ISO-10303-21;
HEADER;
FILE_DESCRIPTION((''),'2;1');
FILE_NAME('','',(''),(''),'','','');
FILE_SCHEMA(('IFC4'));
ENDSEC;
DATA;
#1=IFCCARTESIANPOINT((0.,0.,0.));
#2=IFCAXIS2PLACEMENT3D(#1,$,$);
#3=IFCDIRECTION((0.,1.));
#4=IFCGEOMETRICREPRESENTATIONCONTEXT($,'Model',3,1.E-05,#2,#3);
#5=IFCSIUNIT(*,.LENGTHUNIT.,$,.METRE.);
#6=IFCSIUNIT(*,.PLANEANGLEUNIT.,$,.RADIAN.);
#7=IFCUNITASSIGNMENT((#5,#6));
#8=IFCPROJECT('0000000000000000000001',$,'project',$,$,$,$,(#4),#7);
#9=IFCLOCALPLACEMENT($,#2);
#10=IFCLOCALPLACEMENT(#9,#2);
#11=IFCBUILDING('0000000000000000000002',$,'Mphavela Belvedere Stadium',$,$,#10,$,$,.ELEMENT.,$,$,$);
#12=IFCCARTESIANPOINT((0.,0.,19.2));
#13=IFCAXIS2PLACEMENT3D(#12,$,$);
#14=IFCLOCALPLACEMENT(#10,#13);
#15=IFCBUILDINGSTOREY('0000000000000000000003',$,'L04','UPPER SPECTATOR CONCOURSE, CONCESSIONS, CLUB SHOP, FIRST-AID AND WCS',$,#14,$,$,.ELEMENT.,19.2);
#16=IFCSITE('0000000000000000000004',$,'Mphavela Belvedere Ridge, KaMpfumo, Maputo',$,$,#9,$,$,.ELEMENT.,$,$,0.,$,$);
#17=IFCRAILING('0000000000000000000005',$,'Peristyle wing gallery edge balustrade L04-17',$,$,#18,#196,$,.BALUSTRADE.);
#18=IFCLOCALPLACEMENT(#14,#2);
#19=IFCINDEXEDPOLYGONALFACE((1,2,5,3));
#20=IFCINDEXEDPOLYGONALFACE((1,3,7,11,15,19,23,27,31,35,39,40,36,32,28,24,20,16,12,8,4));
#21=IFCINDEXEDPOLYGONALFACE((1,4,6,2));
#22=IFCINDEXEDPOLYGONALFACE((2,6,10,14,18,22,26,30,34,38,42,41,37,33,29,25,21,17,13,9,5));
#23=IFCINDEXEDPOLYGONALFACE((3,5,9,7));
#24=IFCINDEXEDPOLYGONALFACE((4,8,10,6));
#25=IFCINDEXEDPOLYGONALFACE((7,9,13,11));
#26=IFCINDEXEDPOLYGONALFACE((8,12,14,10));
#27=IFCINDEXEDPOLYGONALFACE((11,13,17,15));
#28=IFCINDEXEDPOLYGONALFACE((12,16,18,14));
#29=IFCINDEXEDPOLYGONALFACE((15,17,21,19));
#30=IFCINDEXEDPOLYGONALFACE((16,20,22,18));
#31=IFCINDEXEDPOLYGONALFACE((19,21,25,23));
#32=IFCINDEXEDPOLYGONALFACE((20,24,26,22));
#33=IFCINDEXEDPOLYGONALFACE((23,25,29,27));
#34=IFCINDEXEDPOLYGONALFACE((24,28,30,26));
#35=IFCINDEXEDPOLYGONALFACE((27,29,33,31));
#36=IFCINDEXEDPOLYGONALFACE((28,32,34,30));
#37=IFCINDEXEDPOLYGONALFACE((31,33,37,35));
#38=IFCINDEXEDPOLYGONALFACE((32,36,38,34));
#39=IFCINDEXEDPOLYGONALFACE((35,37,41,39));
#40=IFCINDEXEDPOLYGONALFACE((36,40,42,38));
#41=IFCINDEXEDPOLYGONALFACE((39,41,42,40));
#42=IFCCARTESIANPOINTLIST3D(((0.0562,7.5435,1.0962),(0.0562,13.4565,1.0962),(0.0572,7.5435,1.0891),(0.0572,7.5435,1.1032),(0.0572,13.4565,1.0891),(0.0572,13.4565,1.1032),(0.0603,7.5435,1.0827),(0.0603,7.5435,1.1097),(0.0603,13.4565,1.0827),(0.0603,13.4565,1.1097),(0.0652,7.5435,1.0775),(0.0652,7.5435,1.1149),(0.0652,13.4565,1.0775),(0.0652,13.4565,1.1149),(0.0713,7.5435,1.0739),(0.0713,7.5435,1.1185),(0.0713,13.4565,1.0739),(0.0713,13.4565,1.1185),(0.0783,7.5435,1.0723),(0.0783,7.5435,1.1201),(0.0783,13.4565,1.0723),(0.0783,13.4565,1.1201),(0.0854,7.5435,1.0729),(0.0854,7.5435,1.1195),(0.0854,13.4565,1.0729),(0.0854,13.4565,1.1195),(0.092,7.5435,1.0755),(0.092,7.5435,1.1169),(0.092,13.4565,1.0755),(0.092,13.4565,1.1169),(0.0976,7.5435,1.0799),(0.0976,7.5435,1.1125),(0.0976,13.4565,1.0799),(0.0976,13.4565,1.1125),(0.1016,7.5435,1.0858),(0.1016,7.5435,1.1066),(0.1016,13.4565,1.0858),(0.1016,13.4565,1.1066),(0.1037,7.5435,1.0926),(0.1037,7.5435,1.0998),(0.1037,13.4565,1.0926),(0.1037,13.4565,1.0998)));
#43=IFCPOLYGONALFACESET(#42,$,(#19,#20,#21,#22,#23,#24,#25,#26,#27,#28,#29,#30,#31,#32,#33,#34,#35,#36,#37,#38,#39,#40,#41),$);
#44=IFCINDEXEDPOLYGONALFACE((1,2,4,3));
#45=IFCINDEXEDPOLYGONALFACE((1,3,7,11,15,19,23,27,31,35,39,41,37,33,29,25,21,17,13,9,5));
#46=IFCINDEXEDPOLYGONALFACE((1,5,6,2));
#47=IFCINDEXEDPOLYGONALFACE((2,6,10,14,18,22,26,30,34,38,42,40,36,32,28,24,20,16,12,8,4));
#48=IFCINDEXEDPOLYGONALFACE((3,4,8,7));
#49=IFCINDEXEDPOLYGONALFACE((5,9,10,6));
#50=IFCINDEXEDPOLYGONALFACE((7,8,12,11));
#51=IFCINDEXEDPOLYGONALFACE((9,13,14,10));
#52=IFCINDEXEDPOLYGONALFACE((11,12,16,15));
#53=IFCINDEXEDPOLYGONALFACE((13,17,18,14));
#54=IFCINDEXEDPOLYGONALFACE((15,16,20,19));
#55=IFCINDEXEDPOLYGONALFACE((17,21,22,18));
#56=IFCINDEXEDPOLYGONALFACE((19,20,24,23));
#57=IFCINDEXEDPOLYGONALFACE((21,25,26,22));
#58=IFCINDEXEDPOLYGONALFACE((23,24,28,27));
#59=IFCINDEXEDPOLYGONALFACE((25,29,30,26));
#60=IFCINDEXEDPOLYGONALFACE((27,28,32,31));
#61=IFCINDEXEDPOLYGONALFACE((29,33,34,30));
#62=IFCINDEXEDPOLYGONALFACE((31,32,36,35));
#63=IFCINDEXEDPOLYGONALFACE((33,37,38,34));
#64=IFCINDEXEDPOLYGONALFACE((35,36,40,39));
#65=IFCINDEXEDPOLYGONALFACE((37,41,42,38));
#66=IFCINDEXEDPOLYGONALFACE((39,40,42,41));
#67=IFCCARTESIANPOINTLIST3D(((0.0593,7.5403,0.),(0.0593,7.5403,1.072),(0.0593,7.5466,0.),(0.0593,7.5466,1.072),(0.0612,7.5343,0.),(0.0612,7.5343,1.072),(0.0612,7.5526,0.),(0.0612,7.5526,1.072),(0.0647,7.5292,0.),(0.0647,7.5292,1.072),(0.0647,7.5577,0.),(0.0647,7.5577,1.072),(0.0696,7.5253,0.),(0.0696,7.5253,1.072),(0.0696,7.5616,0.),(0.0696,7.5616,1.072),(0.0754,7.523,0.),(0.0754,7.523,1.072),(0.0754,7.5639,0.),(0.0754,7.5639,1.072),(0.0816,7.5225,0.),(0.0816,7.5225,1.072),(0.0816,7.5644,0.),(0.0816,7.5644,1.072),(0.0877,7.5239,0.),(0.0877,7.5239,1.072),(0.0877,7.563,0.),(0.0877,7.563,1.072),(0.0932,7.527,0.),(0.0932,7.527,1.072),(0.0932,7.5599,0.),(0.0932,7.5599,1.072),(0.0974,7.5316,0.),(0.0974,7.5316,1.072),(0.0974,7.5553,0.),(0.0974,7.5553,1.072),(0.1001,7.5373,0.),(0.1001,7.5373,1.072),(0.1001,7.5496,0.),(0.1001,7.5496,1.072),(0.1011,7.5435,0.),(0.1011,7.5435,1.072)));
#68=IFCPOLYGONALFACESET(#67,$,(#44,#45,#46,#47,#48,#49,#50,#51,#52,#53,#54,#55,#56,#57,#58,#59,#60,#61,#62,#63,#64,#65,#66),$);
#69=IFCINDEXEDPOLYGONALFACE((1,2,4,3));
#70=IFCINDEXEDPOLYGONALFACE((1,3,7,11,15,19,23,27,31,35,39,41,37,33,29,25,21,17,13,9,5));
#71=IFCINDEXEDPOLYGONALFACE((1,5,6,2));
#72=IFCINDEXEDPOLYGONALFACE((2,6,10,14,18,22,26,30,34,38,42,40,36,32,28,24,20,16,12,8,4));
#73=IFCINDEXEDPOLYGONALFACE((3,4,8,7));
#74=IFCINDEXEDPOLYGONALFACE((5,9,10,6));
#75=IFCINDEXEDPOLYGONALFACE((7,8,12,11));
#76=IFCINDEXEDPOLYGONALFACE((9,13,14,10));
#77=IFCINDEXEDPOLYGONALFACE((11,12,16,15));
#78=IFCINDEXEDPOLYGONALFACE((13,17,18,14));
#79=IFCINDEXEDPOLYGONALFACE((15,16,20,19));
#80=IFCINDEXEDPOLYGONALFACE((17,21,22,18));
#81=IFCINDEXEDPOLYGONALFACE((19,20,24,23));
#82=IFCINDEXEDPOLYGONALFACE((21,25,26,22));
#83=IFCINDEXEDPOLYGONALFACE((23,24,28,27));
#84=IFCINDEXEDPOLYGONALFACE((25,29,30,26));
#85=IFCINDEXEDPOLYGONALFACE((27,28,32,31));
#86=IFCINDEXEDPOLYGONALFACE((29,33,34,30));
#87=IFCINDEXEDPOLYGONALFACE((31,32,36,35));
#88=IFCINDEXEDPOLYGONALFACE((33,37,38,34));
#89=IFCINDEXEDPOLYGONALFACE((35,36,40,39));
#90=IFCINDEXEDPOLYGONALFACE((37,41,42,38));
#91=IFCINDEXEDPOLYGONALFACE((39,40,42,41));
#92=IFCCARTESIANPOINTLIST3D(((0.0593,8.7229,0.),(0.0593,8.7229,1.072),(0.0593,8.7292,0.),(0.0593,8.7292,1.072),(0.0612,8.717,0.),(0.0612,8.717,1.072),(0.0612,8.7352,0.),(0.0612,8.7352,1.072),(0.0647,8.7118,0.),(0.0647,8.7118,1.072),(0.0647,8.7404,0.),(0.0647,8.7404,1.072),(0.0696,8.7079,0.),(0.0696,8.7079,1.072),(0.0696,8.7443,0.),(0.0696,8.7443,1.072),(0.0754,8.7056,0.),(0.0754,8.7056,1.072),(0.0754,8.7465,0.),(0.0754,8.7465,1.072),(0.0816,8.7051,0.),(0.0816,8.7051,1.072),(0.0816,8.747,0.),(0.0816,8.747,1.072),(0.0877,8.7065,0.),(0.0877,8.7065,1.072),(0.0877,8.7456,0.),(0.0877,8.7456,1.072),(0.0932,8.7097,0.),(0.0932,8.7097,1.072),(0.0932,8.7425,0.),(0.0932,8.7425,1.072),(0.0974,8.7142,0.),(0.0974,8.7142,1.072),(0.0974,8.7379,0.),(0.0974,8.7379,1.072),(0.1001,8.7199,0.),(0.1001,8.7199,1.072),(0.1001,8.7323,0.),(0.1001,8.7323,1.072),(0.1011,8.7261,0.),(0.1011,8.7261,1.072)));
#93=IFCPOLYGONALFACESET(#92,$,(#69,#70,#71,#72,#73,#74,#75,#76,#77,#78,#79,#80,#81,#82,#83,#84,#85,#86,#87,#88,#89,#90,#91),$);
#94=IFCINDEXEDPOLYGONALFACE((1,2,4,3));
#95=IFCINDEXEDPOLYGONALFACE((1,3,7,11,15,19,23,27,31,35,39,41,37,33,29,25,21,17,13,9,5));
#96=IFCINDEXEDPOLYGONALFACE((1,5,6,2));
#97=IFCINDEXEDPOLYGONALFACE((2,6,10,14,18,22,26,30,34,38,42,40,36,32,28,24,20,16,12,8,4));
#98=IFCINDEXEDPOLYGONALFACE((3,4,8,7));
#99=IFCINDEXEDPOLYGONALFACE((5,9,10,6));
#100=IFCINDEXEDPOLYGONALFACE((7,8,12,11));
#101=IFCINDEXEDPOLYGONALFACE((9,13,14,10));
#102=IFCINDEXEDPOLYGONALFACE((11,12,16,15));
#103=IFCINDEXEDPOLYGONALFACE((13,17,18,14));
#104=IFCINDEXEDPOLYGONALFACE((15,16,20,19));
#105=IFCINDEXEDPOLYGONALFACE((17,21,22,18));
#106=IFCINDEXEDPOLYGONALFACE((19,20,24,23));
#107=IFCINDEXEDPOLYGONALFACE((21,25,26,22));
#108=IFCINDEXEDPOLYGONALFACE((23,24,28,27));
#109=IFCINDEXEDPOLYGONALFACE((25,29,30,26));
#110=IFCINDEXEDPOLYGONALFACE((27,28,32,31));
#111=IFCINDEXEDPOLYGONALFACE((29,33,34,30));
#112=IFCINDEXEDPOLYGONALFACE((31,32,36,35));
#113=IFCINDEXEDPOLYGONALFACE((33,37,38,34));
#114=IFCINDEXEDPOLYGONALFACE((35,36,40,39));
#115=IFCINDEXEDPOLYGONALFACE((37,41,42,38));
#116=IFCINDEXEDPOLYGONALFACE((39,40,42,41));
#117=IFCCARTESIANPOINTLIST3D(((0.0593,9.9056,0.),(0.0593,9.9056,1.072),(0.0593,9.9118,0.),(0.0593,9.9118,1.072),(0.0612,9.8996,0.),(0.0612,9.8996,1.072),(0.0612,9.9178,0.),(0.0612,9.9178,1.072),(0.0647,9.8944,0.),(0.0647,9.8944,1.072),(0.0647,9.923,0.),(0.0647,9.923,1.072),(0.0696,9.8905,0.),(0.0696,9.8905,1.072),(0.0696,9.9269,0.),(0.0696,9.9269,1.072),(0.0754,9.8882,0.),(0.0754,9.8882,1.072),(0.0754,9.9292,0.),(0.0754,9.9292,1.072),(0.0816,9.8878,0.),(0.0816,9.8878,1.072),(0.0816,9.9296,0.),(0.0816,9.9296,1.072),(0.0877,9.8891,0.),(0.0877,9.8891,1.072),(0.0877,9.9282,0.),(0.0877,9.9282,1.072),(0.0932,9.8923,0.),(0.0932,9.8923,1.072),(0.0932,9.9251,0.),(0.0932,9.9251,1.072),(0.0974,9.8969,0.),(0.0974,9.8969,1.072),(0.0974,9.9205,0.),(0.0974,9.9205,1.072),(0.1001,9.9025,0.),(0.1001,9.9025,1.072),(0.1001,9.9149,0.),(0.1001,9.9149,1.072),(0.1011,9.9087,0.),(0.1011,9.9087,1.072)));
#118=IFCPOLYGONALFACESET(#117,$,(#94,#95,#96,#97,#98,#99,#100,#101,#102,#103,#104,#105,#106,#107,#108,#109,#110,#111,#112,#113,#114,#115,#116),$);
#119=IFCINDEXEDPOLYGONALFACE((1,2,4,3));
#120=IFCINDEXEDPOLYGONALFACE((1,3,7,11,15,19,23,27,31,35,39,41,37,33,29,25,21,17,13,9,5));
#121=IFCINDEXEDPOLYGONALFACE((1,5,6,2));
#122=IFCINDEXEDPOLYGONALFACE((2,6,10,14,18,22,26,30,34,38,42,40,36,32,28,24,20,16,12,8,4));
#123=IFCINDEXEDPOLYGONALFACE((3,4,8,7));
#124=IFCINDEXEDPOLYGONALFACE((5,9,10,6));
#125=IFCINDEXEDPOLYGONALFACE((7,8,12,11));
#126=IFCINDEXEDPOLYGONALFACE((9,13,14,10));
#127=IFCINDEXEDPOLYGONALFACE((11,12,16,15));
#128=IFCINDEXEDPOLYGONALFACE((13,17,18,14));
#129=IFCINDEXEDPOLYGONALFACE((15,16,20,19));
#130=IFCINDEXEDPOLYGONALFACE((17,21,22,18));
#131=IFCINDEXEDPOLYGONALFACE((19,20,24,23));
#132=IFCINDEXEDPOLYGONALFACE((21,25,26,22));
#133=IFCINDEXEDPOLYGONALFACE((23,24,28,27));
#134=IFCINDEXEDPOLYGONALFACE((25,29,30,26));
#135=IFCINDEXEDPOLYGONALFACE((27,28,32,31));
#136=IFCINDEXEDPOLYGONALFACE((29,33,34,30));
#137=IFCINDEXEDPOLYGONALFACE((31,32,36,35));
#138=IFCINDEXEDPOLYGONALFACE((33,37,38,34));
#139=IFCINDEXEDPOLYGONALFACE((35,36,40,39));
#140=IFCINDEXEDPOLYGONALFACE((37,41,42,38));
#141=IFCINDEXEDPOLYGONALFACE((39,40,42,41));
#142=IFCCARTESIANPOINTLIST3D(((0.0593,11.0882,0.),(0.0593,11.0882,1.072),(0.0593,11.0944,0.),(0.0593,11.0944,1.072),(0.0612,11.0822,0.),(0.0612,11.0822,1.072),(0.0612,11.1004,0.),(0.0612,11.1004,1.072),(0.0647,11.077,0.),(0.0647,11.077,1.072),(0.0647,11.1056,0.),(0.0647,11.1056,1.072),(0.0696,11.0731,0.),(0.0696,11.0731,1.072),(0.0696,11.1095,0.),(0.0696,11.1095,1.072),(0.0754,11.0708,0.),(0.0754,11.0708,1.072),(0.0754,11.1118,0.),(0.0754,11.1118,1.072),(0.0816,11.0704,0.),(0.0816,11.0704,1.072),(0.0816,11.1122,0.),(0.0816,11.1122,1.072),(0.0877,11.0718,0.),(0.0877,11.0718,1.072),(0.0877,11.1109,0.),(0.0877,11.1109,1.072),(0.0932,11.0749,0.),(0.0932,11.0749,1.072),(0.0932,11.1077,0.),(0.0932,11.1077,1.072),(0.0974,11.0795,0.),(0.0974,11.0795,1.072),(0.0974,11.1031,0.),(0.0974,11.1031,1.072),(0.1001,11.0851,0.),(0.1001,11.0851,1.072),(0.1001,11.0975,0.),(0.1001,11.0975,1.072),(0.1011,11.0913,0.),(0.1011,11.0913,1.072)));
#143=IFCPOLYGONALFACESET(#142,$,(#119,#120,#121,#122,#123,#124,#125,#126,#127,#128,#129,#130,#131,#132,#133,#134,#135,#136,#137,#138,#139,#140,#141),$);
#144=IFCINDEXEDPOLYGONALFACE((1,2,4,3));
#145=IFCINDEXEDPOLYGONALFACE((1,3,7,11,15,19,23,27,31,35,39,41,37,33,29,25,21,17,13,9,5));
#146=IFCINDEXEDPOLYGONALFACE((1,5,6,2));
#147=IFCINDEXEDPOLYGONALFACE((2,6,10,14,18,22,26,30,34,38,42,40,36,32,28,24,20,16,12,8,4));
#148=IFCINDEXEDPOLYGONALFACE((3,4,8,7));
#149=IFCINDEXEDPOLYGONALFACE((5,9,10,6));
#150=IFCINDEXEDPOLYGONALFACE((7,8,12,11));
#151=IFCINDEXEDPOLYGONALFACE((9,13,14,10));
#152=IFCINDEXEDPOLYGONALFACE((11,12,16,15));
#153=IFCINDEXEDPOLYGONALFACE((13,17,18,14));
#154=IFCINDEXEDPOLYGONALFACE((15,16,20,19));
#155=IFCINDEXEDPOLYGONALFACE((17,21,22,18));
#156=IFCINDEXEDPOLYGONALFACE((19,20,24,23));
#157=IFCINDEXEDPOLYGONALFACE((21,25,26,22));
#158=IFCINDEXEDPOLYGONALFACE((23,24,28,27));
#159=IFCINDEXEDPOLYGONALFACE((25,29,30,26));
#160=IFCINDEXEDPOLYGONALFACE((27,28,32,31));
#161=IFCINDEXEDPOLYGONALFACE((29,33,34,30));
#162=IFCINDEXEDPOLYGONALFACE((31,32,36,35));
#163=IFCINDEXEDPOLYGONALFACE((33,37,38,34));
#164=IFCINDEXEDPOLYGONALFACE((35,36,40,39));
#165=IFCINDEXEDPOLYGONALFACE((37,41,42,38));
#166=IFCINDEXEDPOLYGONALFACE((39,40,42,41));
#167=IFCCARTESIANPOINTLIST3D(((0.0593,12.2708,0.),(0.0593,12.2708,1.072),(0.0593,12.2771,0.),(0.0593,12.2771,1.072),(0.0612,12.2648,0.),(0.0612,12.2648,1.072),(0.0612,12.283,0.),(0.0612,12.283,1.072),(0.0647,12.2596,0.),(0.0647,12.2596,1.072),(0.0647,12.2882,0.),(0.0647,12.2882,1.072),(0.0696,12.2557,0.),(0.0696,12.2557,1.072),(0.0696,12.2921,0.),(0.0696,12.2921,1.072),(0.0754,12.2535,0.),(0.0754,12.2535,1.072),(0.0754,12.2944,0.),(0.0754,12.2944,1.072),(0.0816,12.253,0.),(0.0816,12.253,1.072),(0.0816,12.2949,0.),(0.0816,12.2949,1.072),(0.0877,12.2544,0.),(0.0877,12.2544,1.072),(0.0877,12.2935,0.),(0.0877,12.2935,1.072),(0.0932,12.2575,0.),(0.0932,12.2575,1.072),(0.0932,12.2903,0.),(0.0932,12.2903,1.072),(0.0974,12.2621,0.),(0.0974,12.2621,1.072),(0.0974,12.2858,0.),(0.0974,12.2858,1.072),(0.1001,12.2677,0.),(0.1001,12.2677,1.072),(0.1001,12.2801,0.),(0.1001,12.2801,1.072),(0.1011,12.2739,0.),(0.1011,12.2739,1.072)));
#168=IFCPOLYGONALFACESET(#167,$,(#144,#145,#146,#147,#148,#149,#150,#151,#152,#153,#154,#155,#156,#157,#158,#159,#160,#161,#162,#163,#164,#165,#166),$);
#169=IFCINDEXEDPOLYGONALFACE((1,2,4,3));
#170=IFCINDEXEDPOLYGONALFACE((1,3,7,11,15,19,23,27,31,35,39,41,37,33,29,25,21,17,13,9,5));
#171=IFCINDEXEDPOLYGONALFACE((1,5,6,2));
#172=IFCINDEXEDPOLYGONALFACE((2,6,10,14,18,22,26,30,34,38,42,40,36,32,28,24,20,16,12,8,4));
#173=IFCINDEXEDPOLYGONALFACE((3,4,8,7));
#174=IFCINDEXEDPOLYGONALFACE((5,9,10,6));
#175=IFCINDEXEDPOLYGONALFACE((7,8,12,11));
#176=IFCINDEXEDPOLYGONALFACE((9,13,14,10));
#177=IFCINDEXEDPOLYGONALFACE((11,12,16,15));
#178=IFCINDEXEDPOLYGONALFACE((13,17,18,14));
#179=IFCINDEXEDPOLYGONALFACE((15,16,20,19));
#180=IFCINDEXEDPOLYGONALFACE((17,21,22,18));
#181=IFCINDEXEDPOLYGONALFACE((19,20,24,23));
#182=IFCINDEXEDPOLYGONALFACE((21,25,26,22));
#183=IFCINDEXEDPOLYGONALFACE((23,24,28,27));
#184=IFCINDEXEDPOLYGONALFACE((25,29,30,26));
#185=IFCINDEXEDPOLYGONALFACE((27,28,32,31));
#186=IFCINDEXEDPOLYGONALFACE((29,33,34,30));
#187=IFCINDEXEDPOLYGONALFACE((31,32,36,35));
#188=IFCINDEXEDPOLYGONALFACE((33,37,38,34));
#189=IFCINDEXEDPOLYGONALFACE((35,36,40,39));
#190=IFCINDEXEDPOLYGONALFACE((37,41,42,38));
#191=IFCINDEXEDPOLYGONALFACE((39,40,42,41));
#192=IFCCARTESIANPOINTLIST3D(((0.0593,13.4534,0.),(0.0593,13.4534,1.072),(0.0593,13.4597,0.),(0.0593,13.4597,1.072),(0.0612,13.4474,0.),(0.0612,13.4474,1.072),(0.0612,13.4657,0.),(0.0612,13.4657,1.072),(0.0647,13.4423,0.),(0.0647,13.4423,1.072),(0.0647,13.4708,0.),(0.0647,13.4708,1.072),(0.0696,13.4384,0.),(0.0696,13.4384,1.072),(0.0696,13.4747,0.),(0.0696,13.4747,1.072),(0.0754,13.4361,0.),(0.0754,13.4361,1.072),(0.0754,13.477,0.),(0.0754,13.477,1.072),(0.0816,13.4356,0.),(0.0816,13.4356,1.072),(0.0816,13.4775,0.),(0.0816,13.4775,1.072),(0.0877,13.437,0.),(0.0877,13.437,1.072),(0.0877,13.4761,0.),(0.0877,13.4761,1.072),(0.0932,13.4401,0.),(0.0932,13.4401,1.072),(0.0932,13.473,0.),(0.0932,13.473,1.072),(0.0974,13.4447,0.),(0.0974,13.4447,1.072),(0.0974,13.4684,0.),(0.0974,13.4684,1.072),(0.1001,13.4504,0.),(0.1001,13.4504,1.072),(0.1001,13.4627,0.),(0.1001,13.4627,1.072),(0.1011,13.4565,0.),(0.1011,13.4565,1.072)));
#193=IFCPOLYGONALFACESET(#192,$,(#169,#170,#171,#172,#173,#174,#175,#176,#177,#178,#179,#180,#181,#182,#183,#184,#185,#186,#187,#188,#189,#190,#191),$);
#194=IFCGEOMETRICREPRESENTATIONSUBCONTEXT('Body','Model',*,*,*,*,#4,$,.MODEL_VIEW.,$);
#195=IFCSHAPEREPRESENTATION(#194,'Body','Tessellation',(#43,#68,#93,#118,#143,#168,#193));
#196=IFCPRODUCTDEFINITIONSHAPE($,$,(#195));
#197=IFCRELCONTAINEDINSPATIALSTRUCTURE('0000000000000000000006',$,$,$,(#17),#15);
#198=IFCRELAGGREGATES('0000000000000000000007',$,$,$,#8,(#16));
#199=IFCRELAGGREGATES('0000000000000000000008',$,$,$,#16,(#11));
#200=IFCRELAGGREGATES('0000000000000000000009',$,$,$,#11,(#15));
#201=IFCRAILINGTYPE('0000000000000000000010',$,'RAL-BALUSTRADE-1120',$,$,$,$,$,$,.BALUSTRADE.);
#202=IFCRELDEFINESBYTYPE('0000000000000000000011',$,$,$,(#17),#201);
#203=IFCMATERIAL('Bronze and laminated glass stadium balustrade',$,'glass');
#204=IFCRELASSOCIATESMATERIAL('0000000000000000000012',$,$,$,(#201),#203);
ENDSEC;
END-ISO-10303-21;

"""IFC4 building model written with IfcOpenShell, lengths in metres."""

from ifc_helpers import new_model, si_unit, direction, frame, origin, origin_2d, place, context, subcontext, project, spatial, circle, extrude, material, type_object, element, save


model = new_model("IFC4")

# Units and contexts
model_context = context("Model", 3, precision=1e-05, world=origin(), true_north=direction((0.0, 1.0)))
body_context = subcontext(model_context, "Body", "Model", "MODEL_VIEW")
ifc_project = project(units=[si_unit("LENGTHUNIT", "METRE"), si_unit("PLANEANGLEUNIT", "RADIAN")], contexts=[model_context])

# Site, building, storey
site_placement = place(None, origin())
site = spatial("IfcSite", under=ifc_project, at=site_placement, Name="Mphavela Belvedere Ridge, KaMpfumo, Maputo", CompositionType="ELEMENT", RefElevation=0.0)
building_placement = place(site_placement, origin())
building = spatial("IfcBuilding", under=site, at=building_placement, Name="Mphavela Belvedere Stadium", CompositionType="ELEMENT")
storey_placement = place(building_placement, frame((0.0, 0.0, 19.2)))
storey = spatial("IfcBuildingStorey", under=building, at=storey_placement, Name="L04", Description="UPPER SPECTATOR CONCOURSE, CONCESSIONS, CLUB SHOP, FIRST-AID AND WCS", CompositionType="ELEMENT", Elevation=19.2)

# Railing
ifc_material_1 = material(Name="Bronze and laminated glass stadium balustrade", Category="glass")
railing_type = type_object("IfcRailingType", Name="RAL-BALUSTRADE-1120", PredefinedType="BALUSTRADE", material=ifc_material_1)
for number, where, name in (
    (1, (0.0801, 7.5435, 0.0), "Peristyle wing gallery edge balustrade L04-17"),
):
    element("IfcRailing", number, at=place(storey_placement, frame(where)), inside=storey, type_object=railing_type, Name=name, PredefinedType="BALUSTRADE", context=body_context, shape_type="SweptSolid", body=[
        extrude(circle(Radius=0.0239, at=origin_2d()), frame((0.0, 0.0, 1.0962), z_axis=(0.0, 1.0, 0.0), x_axis=(-1.0, 0.0, 0.0)), (0.0, 0.0, 1.0), 5.9131),
        extrude(circle(Radius=0.021, at=origin_2d()), origin(), (0.0, 0.0, 1.0), 1.072),
        extrude(circle(Radius=0.021, at=origin_2d()), frame((0.0, 1.1826, 0.0)), (0.0, 0.0, 1.0), 1.072),
        extrude(circle(Radius=0.021, at=origin_2d()), frame((0.0, 2.3652, 0.0)), (0.0, 0.0, 1.0), 1.072),
        extrude(circle(Radius=0.021, at=origin_2d()), frame((0.0, 3.5479, 0.0)), (0.0, 0.0, 1.0), 1.072),
        extrude(circle(Radius=0.021, at=origin_2d()), frame((0.0, 4.7305, 0.0)), (0.0, 0.0, 1.0), 1.072),
        extrude(circle(Radius=0.021, at=origin_2d()), frame((0.0, 5.9131, 0.0)), (0.0, 0.0, 1.0), 1.072),
    ])

save(model, "model.ifc")
